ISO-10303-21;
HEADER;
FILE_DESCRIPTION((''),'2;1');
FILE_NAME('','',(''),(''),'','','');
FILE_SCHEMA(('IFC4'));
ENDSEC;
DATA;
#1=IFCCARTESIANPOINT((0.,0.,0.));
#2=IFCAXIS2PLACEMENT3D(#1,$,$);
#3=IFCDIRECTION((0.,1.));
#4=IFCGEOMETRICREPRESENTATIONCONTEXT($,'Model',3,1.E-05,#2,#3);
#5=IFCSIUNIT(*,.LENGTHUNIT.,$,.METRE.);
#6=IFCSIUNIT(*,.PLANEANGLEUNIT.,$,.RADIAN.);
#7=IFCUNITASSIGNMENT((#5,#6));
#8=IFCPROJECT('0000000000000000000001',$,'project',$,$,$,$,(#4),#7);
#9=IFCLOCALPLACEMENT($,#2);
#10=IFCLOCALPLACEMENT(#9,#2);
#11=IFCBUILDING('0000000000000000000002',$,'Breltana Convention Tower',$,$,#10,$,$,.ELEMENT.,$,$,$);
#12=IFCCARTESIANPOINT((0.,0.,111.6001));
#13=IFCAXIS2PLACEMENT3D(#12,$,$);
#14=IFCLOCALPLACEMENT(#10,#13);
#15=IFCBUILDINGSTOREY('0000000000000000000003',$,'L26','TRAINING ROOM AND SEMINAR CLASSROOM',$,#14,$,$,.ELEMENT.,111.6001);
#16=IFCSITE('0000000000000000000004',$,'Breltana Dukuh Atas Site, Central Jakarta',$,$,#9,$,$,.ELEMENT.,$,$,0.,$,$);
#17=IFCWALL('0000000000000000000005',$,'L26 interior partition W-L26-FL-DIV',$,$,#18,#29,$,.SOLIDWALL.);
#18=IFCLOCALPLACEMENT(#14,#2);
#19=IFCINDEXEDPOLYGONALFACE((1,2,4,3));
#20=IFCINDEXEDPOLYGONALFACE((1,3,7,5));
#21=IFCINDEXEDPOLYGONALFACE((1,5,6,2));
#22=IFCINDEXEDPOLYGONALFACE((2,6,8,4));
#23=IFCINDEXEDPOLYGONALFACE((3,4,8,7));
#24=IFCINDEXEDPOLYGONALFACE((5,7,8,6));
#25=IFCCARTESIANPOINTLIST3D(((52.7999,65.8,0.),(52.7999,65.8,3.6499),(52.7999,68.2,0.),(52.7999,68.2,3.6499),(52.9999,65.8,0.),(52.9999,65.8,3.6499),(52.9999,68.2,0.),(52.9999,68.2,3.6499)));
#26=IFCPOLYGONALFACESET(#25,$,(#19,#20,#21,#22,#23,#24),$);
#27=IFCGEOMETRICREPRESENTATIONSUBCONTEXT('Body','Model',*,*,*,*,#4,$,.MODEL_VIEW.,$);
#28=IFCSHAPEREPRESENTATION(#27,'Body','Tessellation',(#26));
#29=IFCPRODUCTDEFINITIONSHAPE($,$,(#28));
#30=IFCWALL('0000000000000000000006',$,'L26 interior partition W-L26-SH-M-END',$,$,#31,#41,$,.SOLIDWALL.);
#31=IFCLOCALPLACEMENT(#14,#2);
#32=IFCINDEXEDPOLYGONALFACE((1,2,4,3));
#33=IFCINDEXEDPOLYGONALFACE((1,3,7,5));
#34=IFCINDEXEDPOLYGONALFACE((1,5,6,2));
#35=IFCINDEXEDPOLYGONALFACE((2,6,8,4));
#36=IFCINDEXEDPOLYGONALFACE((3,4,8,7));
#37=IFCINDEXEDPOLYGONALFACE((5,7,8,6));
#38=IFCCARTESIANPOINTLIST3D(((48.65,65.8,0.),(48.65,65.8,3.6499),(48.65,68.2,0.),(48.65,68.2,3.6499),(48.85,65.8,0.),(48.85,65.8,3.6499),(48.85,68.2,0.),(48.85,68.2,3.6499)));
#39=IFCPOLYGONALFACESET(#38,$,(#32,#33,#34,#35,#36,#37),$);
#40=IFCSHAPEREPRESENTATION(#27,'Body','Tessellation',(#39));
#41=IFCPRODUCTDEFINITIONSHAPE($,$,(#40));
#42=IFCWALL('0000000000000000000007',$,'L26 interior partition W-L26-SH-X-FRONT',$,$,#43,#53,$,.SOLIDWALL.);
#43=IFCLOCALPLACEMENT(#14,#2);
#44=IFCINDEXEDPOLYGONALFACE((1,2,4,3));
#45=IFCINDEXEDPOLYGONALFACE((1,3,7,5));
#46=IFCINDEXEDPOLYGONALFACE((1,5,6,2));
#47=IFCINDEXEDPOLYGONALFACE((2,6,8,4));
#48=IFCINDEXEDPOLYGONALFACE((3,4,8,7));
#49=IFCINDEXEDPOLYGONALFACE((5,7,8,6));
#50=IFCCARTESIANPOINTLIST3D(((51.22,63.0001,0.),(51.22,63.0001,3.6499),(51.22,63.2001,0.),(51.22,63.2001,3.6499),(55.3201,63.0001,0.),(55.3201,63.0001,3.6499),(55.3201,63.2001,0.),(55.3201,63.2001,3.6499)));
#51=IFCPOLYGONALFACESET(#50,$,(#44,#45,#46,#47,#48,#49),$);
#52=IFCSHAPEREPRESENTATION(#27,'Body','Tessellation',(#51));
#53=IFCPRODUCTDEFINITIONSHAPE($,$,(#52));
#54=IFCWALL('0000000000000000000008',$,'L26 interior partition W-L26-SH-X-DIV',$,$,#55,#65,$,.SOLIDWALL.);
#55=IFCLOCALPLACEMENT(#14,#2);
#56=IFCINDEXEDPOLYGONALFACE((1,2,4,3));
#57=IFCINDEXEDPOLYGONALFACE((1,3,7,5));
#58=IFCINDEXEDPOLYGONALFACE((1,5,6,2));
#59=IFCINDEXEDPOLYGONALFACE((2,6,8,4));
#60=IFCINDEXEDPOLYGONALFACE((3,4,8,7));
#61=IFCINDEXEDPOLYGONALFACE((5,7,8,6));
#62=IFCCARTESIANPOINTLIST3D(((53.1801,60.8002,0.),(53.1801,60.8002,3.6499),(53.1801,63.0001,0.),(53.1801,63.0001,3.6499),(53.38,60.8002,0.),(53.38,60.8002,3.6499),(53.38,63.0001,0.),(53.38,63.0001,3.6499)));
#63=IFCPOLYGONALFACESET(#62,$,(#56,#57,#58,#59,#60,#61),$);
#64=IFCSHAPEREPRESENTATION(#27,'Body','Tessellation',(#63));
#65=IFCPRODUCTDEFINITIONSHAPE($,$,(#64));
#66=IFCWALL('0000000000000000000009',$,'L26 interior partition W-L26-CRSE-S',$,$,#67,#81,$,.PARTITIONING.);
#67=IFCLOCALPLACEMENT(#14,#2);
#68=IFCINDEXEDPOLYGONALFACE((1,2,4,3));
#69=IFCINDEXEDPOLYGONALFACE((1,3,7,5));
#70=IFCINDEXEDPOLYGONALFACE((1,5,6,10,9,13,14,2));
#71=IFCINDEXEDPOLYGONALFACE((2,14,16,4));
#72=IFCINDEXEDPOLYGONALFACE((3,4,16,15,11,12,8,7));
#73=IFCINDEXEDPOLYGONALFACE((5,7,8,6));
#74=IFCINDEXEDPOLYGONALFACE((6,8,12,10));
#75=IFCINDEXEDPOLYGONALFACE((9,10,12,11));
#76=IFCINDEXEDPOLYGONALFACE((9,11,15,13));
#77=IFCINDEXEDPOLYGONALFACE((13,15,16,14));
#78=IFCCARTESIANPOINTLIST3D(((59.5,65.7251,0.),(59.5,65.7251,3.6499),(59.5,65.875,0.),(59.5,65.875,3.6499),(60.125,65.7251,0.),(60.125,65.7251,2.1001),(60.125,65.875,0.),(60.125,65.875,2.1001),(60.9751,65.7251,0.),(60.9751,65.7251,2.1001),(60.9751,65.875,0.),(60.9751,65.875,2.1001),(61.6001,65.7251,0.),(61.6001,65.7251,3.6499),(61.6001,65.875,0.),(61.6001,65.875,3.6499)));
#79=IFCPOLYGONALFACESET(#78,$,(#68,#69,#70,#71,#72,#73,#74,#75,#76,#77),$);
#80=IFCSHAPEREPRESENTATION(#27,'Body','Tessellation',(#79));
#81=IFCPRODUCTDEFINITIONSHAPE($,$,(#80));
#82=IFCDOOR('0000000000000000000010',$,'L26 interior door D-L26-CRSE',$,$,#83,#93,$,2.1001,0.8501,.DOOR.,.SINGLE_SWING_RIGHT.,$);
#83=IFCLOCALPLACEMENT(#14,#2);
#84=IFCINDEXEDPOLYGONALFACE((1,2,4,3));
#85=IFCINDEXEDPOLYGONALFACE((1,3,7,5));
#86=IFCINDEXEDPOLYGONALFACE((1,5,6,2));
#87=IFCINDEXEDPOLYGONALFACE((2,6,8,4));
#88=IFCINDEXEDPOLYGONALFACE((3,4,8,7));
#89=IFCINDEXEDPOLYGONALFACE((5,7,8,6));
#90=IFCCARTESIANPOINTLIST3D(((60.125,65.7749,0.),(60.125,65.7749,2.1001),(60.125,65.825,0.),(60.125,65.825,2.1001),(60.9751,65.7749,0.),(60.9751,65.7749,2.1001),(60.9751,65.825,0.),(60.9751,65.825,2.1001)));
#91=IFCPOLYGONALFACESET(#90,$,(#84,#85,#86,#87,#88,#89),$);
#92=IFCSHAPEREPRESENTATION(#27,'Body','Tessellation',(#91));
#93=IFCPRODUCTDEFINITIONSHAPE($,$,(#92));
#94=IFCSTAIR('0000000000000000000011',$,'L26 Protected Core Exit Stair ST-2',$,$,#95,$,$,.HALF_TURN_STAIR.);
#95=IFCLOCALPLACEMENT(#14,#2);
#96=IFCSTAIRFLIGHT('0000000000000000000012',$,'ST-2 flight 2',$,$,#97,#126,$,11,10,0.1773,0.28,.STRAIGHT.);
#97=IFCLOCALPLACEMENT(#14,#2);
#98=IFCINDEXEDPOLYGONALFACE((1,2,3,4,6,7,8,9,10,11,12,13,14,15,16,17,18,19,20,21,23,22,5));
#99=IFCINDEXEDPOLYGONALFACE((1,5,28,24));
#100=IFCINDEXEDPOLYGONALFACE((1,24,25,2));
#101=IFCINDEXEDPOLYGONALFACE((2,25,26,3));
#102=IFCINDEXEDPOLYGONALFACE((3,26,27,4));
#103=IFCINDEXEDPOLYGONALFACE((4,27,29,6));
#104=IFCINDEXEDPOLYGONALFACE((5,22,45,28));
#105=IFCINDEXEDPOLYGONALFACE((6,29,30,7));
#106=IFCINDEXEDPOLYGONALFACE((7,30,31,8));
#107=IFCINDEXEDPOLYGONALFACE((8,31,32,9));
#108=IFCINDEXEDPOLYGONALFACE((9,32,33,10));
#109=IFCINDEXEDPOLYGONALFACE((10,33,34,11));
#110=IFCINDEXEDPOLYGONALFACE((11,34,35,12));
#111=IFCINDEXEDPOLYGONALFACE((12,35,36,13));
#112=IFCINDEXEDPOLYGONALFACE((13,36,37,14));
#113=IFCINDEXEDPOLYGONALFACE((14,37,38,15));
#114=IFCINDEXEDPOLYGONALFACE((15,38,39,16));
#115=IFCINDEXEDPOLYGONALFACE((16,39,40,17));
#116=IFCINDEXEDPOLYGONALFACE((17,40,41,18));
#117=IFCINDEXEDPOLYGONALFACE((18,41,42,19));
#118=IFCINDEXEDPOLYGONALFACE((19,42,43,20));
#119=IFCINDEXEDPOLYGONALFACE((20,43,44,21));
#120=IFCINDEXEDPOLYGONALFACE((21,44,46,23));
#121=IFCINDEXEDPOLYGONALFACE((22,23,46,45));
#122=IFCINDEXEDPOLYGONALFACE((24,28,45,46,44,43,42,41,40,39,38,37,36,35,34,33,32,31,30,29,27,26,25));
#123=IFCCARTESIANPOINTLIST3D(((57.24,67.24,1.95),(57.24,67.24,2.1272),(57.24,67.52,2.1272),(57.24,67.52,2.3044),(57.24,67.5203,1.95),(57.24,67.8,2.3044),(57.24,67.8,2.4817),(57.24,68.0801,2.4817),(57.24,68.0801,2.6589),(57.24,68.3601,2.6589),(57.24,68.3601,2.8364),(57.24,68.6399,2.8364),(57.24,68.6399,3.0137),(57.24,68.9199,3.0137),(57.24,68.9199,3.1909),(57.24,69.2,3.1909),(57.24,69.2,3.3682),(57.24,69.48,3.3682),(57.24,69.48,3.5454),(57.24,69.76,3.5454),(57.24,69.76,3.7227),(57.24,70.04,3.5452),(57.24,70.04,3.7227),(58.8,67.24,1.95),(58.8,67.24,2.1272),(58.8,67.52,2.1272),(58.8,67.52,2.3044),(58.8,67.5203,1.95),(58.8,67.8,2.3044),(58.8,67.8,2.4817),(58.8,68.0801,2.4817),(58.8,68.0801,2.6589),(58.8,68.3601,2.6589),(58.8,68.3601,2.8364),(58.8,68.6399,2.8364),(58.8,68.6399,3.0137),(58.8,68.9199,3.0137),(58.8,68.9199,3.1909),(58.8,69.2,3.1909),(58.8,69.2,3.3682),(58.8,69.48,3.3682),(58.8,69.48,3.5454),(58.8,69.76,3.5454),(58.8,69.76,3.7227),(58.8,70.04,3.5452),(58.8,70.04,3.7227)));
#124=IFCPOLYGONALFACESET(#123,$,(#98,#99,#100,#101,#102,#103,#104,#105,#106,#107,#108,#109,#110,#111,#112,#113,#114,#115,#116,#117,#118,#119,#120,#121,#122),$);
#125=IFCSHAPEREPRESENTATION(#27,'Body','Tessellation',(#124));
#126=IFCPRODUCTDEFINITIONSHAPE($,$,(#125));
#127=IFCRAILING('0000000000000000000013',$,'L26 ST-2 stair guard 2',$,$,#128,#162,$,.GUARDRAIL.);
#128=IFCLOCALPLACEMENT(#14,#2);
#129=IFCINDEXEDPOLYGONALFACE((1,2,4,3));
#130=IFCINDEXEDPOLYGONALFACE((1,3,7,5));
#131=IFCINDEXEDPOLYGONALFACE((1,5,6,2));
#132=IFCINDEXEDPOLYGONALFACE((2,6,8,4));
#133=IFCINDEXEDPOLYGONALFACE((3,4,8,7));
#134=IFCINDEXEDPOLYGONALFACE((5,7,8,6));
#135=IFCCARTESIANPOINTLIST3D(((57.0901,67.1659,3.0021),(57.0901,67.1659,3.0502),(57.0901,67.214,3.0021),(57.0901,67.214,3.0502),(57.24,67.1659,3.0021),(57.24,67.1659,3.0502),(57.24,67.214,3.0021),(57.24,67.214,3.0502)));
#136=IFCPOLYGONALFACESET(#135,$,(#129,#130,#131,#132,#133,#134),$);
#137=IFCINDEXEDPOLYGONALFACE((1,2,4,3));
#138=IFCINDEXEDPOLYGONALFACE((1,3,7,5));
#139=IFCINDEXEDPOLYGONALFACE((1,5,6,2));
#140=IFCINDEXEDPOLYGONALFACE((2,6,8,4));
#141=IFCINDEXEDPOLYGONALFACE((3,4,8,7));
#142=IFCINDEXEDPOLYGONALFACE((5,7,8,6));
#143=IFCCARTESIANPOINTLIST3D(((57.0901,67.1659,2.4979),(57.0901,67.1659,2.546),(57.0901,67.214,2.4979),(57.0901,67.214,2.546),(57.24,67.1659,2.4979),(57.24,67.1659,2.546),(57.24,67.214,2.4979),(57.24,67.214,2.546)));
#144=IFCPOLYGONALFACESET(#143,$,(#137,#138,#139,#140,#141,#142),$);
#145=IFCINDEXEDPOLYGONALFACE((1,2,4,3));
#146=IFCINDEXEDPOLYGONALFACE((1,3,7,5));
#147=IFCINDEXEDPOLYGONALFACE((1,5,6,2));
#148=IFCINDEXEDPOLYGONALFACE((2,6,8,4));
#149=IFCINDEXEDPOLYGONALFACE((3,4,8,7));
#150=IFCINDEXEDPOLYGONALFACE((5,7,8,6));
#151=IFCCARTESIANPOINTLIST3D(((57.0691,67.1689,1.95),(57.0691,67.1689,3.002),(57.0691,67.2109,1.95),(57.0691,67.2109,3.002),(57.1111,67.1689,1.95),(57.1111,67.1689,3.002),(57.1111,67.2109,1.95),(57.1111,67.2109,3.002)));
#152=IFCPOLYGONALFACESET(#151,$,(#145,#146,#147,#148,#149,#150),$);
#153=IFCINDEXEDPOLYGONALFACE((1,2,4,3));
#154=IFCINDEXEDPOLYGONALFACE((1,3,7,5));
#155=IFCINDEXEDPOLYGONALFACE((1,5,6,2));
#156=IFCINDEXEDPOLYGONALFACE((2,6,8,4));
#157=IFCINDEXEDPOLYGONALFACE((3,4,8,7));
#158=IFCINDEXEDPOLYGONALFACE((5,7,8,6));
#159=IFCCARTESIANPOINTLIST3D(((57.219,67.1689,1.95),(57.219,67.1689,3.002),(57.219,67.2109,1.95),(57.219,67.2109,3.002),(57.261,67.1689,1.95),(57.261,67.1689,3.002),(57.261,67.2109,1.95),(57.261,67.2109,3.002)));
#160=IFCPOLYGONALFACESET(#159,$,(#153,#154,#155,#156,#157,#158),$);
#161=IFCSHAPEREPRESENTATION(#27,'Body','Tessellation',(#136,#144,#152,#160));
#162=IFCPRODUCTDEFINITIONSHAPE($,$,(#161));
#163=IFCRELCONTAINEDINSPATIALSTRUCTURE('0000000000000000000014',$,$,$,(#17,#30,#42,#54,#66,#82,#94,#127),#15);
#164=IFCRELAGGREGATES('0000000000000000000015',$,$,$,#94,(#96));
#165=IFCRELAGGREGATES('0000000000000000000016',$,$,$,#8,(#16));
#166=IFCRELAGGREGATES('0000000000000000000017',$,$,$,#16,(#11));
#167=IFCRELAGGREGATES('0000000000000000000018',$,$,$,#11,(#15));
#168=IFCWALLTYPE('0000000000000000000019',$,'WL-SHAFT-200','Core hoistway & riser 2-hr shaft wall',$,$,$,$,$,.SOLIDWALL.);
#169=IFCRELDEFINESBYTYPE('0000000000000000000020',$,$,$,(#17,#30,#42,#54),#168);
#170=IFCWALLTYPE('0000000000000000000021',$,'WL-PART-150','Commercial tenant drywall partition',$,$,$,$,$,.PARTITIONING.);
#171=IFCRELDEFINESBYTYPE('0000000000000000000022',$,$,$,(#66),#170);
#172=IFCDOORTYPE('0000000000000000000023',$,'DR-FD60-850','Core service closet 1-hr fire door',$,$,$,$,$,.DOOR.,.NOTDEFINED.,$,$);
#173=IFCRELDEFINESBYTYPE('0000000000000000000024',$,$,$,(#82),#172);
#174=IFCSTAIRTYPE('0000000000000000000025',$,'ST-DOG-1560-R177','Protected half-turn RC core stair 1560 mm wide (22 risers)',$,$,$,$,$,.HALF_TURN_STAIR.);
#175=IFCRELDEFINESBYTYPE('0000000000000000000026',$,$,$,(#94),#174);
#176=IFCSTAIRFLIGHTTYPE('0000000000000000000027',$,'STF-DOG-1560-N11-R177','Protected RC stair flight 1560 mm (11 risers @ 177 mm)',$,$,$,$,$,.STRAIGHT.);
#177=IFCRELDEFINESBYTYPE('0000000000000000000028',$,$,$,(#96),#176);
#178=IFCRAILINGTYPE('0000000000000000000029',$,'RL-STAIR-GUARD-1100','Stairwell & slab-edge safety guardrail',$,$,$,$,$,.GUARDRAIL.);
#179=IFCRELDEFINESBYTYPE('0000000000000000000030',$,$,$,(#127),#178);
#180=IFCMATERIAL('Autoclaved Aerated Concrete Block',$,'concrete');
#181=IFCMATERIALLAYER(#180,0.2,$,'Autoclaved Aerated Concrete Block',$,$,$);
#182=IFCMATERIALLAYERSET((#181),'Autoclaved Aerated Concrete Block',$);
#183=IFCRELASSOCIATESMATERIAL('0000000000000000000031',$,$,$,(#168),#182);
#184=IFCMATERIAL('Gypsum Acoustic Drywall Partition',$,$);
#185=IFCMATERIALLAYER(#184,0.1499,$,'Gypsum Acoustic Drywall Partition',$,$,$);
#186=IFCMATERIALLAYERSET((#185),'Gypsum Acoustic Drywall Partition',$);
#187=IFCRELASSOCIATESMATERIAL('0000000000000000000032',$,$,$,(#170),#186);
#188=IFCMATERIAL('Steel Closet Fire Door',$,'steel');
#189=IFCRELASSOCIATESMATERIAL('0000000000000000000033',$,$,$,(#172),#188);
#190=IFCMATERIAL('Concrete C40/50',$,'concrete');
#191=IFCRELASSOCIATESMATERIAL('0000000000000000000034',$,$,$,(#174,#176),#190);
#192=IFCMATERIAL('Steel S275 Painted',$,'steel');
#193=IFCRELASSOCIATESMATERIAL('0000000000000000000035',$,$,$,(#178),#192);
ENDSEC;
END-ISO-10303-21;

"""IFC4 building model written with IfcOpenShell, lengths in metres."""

from ifc_helpers import new_model, si_unit, direction, frame, frame_2d, origin, origin_2d, place, context, subcontext, project, spatial, polyline, rectangle, outline, extrude, source, transform, mapped, material, layer, layer_set, type_object, type_shapes, element, fill, aggregate, save


model = new_model("IFC4")

# Units and contexts
model_context = context("Model", 3, precision=1e-05, world=origin(), true_north=direction((0.0, 1.0)))
body_context = subcontext(model_context, "Body", "Model", "MODEL_VIEW")
ifc_project = project(units=[si_unit("LENGTHUNIT", "METRE"), si_unit("PLANEANGLEUNIT", "RADIAN")], contexts=[model_context])

# Site, building, storey
site_placement = place(None, origin())
site = spatial("IfcSite", under=ifc_project, at=site_placement, Name="Breltana Dukuh Atas Site, Central Jakarta", CompositionType="ELEMENT", RefElevation=0.0)
building_placement = place(site_placement, origin())
building = spatial("IfcBuilding", under=site, at=building_placement, Name="Breltana Convention Tower", CompositionType="ELEMENT")
storey_placement = place(building_placement, frame((0.0, 0.0, 111.6001)))
storey = spatial("IfcBuildingStorey", under=building, at=storey_placement, Name="L26", Description="TRAINING ROOM AND SEMINAR CLASSROOM", CompositionType="ELEMENT", Elevation=111.6001)

# Walls
ifc_material_1 = material(Name="Autoclaved Aerated Concrete Block", Category="concrete")
ifc_layer_1 = layer(ifc_material_1, 0.2, Name="Autoclaved Aerated Concrete Block")
ifc_layer_set_1 = layer_set([ifc_layer_1], Name="Autoclaved Aerated Concrete Block")
wall_type_1 = type_object("IfcWallType", Name="WL-SHAFT-200", Description="Core hoistway & riser 2-hr shaft wall", PredefinedType="SOLIDWALL", material=ifc_layer_set_1)
shared_shape_1 = source(origin(), body_context, "Body", "SweptSolid", [
    extrude(rectangle(XDim=2.3999, YDim=0.2, at=frame_2d((1.2, 0.0))), origin(), (0.0, 0.0, 1.0), 3.6499),
])
for number, where, z_axis, x_axis, name in (
    (1, (52.8999, 65.8, 0.0), (0.0, 0.0, 1.0), (0.0, 1.0, 0.0), "L26 interior partition W-L26-FL-DIV"),
    (2, (48.75, 65.8, 0.0), (0.0, 0.0, 1.0), (0.0, 1.0, 0.0), "L26 interior partition W-L26-SH-M-END"),
):
    element("IfcWall", number, at=place(storey_placement, frame(where, z_axis=z_axis, x_axis=x_axis)), inside=storey, type_object=wall_type_1, Name=name, PredefinedType="SOLIDWALL", context=body_context, shape_type="MappedRepresentation", body=[
        mapped(shared_shape_1, transform((0.0, 0.0, 0.0), scale=1.0)),
    ])
shared_shape_2 = source(origin(), body_context, "Body", "SweptSolid", [
    extrude(rectangle(XDim=4.1001, YDim=0.2, at=frame_2d((2.05, 0.0))), origin(), (0.0, 0.0, 1.0), 3.6499),
])
wall_1_placement = place(storey_placement, frame((51.22, 63.1001, 0.0), z_axis=(0.0, 0.0, 1.0), x_axis=(1.0, 0.0, 0.0)))
element("IfcWall", 3, at=wall_1_placement, inside=storey, type_object=wall_type_1, Name="L26 interior partition W-L26-SH-X-FRONT", PredefinedType="SOLIDWALL", context=body_context, shape_type="MappedRepresentation", body=[
    mapped(shared_shape_2, transform((0.0, 0.0, 0.0), scale=1.0)),
])
shared_shape_3 = source(origin(), body_context, "Body", "SweptSolid", [
    extrude(rectangle(XDim=2.2, YDim=0.2, at=frame_2d((1.1001, 0.0))), origin(), (0.0, 0.0, 1.0), 3.6499),
])
wall_2_placement = place(storey_placement, frame((53.28, 60.8, 0.0), z_axis=(0.0, 0.0, 1.0), x_axis=(0.0, 1.0, 0.0)))
element("IfcWall", 4, at=wall_2_placement, inside=storey, type_object=wall_type_1, Name="L26 interior partition W-L26-SH-X-DIV", PredefinedType="SOLIDWALL", context=body_context, shape_type="MappedRepresentation", body=[
    mapped(shared_shape_3, transform((0.0, 0.0, 0.0), scale=1.0)),
])

# Wall, opening, door
ifc_material_2 = material(Name="Gypsum Acoustic Drywall Partition")
ifc_layer_2 = layer(ifc_material_2, 0.1499, Name="Gypsum Acoustic Drywall Partition")
ifc_layer_set_2 = layer_set([ifc_layer_2], Name="Gypsum Acoustic Drywall Partition")
wall_type_2 = type_object("IfcWallType", Name="WL-PART-150", Description="Commercial tenant drywall partition", PredefinedType="PARTITIONING", material=ifc_layer_set_2)
shared_shape_4 = source(origin(), body_context, "Body", "SweptSolid", [
    extrude(rectangle(XDim=2.1001, YDim=0.1499, at=frame_2d((1.05, 0.0))), origin(), (0.0, 0.0, 1.0), 3.6499),
])
wall_3_placement = place(storey_placement, frame((59.5, 65.8, 0.0), z_axis=(0.0, 0.0, 1.0), x_axis=(1.0, 0.0, 0.0)))
wall_3 = element("IfcWall", 5, at=wall_3_placement, inside=storey, type_object=wall_type_2, Name="L26 interior partition W-L26-CRSE-S", PredefinedType="PARTITIONING", context=body_context, shape_type="MappedRepresentation", body=[
    mapped(shared_shape_4, transform((0.0, 0.0, 0.0), scale=1.0)),
])
opening_1_placement = place(wall_3_placement, frame((0.625, 0.0, 0.0)))
opening_1 = element("IfcOpeningElement", 6, at=opening_1_placement, cuts=wall_3, PredefinedType="OPENING", context=body_context, shape_type="SweptSolid", body=[
    extrude(rectangle(XDim=0.8501, YDim=2.1001, at=frame_2d((0.425, 1.05))), frame((0.0, 0.085, 0.0), z_axis=(0.0, -1.0, 0.0), x_axis=(1.0, 0.0, 0.0)), (0.0, 0.0, 1.0), 0.1699),
])
ifc_material_3 = material(Name="Steel Closet Fire Door", Category="steel")
door_type_1 = type_object("IfcDoorType", Name="DR-FD60-850", Description="Core service closet 1-hr fire door", OperationType="NOTDEFINED", PredefinedType="DOOR", material=ifc_material_3)
shared_shape_5 = source(origin(), body_context, "Body", "SweptSolid", [
    extrude(rectangle(XDim=0.8501, YDim=2.1001, at=frame_2d((0.425, 1.05))), frame((0.0, 0.0249, 0.0), z_axis=(0.0, -1.0, 0.0), x_axis=(1.0, 0.0, 0.0)), (0.0, 0.0, 1.0), 0.05),
])
type_shapes(door_type_1, [shared_shape_5])
door_1_placement = place(opening_1_placement, origin())
door_1 = element("IfcDoor", 7, at=door_1_placement, inside=storey, type_object=door_type_1, Name="L26 interior door D-L26-CRSE", OperationType="SINGLE_SWING_RIGHT", OverallHeight=2.1001, OverallWidth=0.8501, PredefinedType="DOOR", context=body_context, shape_type="MappedRepresentation", body=[
    mapped(shared_shape_5, transform((0.0, 0.0, 0.0), scale=1.0)),
])
fill(opening_1, door_1)

# Stair, stair flight
ifc_material_4 = material(Name="Concrete C40/50", Category="concrete")
stair_type = type_object("IfcStairType", Name="ST-DOG-1560-R177", Description="Protected half-turn RC core stair 1560 mm wide (22 risers)", PredefinedType="HALF_TURN_STAIR", material=ifc_material_4)
stair_placement = place(storey_placement, origin())
stair = element("IfcStair", 8, at=stair_placement, inside=storey, type_object=stair_type, Name="L26 Protected Core Exit Stair ST-2", PredefinedType="HALF_TURN_STAIR")
stair_flight_type = type_object("IfcStairFlightType", Name="STF-DOG-1560-N11-R177", Description="Protected RC stair flight 1560 mm (11 risers @ 177 mm)", PredefinedType="STRAIGHT", material=ifc_material_4)
stair_flight_placement = place(storey_placement, frame((58.02, 67.24, 1.95), z_axis=(0.0, 0.0, 1.0), x_axis=(0.0, 1.0, 0.0)))
stair_flight = element("IfcStairFlight", 9, at=stair_flight_placement, type_object=stair_flight_type, Name="ST-2 flight 2", NumberOfRisers=11, NumberOfTreads=10, PredefinedType="STRAIGHT", RiserHeight=0.1773, TreadLength=0.28, context=body_context, shape_type="SweptSolid", body=[
    extrude(outline(polyline([(0.0, 0.0), (0.0, 0.1772), (0.28, 0.1772), (0.28, 0.3545), (0.5601, 0.3545), (0.5601, 0.5317), (0.8401, 0.5317), (0.8401, 0.709), (1.1201, 0.709), (1.1201, 0.8865), (1.3999, 0.8865), (1.3999, 1.0637), (1.6799, 1.0637), (1.6799, 1.241), (1.96, 1.241), (1.96, 1.4182), (2.24, 1.4182), (2.24, 1.5955), (2.52, 1.5955), (2.52, 1.7727), (2.8, 1.7727), (2.8, 1.95), (2.8, 1.5952), (0.2803, 0.0), (0.0, 0.0)])), frame((0.0, 0.78, 0.0), z_axis=(0.0, -1.0, 0.0), x_axis=(1.0, 0.0, 0.0)), (0.0, 0.0, 1.0), 1.5601),
])
aggregate(stair, [stair_flight])

# Railing
ifc_material_5 = material(Name="Steel S275 Painted", Category="steel")
railing_type = type_object("IfcRailingType", Name="RL-STAIR-GUARD-1100", Description="Stairwell & slab-edge safety guardrail", PredefinedType="GUARDRAIL", material=ifc_material_5)
railing_1_placement = place(storey_placement, frame((57.0901, 67.1899, 1.95)))
element("IfcRailing", 10, at=railing_1_placement, inside=storey, type_object=railing_type, Name="L26 ST-2 stair guard 2", PredefinedType="GUARDRAIL", context=body_context, shape_type="SweptSolid", body=[
    extrude(rectangle(XDim=0.0481, YDim=0.0481, at=origin_2d()), frame((0.0, 0.0, 1.0762), z_axis=(1.0, 0.0, 0.0), x_axis=(0.0, 1.0, 0.0)), (0.0, 0.0, 1.0), 0.1499),
    extrude(rectangle(XDim=0.0481, YDim=0.0481, at=origin_2d()), frame((0.0, 0.0, 0.572), z_axis=(1.0, 0.0, 0.0), x_axis=(0.0, 1.0, 0.0)), (0.0, 0.0, 1.0), 0.1499),
    extrude(rectangle(XDim=0.042, YDim=0.042, at=origin_2d()), origin(), (0.0, 0.0, 1.0), 1.052),
    extrude(rectangle(XDim=0.042, YDim=0.042, at=origin_2d()), frame((0.1499, 0.0, 0.0)), (0.0, 0.0, 1.0), 1.052),
])

save(model, "model.ifc")
